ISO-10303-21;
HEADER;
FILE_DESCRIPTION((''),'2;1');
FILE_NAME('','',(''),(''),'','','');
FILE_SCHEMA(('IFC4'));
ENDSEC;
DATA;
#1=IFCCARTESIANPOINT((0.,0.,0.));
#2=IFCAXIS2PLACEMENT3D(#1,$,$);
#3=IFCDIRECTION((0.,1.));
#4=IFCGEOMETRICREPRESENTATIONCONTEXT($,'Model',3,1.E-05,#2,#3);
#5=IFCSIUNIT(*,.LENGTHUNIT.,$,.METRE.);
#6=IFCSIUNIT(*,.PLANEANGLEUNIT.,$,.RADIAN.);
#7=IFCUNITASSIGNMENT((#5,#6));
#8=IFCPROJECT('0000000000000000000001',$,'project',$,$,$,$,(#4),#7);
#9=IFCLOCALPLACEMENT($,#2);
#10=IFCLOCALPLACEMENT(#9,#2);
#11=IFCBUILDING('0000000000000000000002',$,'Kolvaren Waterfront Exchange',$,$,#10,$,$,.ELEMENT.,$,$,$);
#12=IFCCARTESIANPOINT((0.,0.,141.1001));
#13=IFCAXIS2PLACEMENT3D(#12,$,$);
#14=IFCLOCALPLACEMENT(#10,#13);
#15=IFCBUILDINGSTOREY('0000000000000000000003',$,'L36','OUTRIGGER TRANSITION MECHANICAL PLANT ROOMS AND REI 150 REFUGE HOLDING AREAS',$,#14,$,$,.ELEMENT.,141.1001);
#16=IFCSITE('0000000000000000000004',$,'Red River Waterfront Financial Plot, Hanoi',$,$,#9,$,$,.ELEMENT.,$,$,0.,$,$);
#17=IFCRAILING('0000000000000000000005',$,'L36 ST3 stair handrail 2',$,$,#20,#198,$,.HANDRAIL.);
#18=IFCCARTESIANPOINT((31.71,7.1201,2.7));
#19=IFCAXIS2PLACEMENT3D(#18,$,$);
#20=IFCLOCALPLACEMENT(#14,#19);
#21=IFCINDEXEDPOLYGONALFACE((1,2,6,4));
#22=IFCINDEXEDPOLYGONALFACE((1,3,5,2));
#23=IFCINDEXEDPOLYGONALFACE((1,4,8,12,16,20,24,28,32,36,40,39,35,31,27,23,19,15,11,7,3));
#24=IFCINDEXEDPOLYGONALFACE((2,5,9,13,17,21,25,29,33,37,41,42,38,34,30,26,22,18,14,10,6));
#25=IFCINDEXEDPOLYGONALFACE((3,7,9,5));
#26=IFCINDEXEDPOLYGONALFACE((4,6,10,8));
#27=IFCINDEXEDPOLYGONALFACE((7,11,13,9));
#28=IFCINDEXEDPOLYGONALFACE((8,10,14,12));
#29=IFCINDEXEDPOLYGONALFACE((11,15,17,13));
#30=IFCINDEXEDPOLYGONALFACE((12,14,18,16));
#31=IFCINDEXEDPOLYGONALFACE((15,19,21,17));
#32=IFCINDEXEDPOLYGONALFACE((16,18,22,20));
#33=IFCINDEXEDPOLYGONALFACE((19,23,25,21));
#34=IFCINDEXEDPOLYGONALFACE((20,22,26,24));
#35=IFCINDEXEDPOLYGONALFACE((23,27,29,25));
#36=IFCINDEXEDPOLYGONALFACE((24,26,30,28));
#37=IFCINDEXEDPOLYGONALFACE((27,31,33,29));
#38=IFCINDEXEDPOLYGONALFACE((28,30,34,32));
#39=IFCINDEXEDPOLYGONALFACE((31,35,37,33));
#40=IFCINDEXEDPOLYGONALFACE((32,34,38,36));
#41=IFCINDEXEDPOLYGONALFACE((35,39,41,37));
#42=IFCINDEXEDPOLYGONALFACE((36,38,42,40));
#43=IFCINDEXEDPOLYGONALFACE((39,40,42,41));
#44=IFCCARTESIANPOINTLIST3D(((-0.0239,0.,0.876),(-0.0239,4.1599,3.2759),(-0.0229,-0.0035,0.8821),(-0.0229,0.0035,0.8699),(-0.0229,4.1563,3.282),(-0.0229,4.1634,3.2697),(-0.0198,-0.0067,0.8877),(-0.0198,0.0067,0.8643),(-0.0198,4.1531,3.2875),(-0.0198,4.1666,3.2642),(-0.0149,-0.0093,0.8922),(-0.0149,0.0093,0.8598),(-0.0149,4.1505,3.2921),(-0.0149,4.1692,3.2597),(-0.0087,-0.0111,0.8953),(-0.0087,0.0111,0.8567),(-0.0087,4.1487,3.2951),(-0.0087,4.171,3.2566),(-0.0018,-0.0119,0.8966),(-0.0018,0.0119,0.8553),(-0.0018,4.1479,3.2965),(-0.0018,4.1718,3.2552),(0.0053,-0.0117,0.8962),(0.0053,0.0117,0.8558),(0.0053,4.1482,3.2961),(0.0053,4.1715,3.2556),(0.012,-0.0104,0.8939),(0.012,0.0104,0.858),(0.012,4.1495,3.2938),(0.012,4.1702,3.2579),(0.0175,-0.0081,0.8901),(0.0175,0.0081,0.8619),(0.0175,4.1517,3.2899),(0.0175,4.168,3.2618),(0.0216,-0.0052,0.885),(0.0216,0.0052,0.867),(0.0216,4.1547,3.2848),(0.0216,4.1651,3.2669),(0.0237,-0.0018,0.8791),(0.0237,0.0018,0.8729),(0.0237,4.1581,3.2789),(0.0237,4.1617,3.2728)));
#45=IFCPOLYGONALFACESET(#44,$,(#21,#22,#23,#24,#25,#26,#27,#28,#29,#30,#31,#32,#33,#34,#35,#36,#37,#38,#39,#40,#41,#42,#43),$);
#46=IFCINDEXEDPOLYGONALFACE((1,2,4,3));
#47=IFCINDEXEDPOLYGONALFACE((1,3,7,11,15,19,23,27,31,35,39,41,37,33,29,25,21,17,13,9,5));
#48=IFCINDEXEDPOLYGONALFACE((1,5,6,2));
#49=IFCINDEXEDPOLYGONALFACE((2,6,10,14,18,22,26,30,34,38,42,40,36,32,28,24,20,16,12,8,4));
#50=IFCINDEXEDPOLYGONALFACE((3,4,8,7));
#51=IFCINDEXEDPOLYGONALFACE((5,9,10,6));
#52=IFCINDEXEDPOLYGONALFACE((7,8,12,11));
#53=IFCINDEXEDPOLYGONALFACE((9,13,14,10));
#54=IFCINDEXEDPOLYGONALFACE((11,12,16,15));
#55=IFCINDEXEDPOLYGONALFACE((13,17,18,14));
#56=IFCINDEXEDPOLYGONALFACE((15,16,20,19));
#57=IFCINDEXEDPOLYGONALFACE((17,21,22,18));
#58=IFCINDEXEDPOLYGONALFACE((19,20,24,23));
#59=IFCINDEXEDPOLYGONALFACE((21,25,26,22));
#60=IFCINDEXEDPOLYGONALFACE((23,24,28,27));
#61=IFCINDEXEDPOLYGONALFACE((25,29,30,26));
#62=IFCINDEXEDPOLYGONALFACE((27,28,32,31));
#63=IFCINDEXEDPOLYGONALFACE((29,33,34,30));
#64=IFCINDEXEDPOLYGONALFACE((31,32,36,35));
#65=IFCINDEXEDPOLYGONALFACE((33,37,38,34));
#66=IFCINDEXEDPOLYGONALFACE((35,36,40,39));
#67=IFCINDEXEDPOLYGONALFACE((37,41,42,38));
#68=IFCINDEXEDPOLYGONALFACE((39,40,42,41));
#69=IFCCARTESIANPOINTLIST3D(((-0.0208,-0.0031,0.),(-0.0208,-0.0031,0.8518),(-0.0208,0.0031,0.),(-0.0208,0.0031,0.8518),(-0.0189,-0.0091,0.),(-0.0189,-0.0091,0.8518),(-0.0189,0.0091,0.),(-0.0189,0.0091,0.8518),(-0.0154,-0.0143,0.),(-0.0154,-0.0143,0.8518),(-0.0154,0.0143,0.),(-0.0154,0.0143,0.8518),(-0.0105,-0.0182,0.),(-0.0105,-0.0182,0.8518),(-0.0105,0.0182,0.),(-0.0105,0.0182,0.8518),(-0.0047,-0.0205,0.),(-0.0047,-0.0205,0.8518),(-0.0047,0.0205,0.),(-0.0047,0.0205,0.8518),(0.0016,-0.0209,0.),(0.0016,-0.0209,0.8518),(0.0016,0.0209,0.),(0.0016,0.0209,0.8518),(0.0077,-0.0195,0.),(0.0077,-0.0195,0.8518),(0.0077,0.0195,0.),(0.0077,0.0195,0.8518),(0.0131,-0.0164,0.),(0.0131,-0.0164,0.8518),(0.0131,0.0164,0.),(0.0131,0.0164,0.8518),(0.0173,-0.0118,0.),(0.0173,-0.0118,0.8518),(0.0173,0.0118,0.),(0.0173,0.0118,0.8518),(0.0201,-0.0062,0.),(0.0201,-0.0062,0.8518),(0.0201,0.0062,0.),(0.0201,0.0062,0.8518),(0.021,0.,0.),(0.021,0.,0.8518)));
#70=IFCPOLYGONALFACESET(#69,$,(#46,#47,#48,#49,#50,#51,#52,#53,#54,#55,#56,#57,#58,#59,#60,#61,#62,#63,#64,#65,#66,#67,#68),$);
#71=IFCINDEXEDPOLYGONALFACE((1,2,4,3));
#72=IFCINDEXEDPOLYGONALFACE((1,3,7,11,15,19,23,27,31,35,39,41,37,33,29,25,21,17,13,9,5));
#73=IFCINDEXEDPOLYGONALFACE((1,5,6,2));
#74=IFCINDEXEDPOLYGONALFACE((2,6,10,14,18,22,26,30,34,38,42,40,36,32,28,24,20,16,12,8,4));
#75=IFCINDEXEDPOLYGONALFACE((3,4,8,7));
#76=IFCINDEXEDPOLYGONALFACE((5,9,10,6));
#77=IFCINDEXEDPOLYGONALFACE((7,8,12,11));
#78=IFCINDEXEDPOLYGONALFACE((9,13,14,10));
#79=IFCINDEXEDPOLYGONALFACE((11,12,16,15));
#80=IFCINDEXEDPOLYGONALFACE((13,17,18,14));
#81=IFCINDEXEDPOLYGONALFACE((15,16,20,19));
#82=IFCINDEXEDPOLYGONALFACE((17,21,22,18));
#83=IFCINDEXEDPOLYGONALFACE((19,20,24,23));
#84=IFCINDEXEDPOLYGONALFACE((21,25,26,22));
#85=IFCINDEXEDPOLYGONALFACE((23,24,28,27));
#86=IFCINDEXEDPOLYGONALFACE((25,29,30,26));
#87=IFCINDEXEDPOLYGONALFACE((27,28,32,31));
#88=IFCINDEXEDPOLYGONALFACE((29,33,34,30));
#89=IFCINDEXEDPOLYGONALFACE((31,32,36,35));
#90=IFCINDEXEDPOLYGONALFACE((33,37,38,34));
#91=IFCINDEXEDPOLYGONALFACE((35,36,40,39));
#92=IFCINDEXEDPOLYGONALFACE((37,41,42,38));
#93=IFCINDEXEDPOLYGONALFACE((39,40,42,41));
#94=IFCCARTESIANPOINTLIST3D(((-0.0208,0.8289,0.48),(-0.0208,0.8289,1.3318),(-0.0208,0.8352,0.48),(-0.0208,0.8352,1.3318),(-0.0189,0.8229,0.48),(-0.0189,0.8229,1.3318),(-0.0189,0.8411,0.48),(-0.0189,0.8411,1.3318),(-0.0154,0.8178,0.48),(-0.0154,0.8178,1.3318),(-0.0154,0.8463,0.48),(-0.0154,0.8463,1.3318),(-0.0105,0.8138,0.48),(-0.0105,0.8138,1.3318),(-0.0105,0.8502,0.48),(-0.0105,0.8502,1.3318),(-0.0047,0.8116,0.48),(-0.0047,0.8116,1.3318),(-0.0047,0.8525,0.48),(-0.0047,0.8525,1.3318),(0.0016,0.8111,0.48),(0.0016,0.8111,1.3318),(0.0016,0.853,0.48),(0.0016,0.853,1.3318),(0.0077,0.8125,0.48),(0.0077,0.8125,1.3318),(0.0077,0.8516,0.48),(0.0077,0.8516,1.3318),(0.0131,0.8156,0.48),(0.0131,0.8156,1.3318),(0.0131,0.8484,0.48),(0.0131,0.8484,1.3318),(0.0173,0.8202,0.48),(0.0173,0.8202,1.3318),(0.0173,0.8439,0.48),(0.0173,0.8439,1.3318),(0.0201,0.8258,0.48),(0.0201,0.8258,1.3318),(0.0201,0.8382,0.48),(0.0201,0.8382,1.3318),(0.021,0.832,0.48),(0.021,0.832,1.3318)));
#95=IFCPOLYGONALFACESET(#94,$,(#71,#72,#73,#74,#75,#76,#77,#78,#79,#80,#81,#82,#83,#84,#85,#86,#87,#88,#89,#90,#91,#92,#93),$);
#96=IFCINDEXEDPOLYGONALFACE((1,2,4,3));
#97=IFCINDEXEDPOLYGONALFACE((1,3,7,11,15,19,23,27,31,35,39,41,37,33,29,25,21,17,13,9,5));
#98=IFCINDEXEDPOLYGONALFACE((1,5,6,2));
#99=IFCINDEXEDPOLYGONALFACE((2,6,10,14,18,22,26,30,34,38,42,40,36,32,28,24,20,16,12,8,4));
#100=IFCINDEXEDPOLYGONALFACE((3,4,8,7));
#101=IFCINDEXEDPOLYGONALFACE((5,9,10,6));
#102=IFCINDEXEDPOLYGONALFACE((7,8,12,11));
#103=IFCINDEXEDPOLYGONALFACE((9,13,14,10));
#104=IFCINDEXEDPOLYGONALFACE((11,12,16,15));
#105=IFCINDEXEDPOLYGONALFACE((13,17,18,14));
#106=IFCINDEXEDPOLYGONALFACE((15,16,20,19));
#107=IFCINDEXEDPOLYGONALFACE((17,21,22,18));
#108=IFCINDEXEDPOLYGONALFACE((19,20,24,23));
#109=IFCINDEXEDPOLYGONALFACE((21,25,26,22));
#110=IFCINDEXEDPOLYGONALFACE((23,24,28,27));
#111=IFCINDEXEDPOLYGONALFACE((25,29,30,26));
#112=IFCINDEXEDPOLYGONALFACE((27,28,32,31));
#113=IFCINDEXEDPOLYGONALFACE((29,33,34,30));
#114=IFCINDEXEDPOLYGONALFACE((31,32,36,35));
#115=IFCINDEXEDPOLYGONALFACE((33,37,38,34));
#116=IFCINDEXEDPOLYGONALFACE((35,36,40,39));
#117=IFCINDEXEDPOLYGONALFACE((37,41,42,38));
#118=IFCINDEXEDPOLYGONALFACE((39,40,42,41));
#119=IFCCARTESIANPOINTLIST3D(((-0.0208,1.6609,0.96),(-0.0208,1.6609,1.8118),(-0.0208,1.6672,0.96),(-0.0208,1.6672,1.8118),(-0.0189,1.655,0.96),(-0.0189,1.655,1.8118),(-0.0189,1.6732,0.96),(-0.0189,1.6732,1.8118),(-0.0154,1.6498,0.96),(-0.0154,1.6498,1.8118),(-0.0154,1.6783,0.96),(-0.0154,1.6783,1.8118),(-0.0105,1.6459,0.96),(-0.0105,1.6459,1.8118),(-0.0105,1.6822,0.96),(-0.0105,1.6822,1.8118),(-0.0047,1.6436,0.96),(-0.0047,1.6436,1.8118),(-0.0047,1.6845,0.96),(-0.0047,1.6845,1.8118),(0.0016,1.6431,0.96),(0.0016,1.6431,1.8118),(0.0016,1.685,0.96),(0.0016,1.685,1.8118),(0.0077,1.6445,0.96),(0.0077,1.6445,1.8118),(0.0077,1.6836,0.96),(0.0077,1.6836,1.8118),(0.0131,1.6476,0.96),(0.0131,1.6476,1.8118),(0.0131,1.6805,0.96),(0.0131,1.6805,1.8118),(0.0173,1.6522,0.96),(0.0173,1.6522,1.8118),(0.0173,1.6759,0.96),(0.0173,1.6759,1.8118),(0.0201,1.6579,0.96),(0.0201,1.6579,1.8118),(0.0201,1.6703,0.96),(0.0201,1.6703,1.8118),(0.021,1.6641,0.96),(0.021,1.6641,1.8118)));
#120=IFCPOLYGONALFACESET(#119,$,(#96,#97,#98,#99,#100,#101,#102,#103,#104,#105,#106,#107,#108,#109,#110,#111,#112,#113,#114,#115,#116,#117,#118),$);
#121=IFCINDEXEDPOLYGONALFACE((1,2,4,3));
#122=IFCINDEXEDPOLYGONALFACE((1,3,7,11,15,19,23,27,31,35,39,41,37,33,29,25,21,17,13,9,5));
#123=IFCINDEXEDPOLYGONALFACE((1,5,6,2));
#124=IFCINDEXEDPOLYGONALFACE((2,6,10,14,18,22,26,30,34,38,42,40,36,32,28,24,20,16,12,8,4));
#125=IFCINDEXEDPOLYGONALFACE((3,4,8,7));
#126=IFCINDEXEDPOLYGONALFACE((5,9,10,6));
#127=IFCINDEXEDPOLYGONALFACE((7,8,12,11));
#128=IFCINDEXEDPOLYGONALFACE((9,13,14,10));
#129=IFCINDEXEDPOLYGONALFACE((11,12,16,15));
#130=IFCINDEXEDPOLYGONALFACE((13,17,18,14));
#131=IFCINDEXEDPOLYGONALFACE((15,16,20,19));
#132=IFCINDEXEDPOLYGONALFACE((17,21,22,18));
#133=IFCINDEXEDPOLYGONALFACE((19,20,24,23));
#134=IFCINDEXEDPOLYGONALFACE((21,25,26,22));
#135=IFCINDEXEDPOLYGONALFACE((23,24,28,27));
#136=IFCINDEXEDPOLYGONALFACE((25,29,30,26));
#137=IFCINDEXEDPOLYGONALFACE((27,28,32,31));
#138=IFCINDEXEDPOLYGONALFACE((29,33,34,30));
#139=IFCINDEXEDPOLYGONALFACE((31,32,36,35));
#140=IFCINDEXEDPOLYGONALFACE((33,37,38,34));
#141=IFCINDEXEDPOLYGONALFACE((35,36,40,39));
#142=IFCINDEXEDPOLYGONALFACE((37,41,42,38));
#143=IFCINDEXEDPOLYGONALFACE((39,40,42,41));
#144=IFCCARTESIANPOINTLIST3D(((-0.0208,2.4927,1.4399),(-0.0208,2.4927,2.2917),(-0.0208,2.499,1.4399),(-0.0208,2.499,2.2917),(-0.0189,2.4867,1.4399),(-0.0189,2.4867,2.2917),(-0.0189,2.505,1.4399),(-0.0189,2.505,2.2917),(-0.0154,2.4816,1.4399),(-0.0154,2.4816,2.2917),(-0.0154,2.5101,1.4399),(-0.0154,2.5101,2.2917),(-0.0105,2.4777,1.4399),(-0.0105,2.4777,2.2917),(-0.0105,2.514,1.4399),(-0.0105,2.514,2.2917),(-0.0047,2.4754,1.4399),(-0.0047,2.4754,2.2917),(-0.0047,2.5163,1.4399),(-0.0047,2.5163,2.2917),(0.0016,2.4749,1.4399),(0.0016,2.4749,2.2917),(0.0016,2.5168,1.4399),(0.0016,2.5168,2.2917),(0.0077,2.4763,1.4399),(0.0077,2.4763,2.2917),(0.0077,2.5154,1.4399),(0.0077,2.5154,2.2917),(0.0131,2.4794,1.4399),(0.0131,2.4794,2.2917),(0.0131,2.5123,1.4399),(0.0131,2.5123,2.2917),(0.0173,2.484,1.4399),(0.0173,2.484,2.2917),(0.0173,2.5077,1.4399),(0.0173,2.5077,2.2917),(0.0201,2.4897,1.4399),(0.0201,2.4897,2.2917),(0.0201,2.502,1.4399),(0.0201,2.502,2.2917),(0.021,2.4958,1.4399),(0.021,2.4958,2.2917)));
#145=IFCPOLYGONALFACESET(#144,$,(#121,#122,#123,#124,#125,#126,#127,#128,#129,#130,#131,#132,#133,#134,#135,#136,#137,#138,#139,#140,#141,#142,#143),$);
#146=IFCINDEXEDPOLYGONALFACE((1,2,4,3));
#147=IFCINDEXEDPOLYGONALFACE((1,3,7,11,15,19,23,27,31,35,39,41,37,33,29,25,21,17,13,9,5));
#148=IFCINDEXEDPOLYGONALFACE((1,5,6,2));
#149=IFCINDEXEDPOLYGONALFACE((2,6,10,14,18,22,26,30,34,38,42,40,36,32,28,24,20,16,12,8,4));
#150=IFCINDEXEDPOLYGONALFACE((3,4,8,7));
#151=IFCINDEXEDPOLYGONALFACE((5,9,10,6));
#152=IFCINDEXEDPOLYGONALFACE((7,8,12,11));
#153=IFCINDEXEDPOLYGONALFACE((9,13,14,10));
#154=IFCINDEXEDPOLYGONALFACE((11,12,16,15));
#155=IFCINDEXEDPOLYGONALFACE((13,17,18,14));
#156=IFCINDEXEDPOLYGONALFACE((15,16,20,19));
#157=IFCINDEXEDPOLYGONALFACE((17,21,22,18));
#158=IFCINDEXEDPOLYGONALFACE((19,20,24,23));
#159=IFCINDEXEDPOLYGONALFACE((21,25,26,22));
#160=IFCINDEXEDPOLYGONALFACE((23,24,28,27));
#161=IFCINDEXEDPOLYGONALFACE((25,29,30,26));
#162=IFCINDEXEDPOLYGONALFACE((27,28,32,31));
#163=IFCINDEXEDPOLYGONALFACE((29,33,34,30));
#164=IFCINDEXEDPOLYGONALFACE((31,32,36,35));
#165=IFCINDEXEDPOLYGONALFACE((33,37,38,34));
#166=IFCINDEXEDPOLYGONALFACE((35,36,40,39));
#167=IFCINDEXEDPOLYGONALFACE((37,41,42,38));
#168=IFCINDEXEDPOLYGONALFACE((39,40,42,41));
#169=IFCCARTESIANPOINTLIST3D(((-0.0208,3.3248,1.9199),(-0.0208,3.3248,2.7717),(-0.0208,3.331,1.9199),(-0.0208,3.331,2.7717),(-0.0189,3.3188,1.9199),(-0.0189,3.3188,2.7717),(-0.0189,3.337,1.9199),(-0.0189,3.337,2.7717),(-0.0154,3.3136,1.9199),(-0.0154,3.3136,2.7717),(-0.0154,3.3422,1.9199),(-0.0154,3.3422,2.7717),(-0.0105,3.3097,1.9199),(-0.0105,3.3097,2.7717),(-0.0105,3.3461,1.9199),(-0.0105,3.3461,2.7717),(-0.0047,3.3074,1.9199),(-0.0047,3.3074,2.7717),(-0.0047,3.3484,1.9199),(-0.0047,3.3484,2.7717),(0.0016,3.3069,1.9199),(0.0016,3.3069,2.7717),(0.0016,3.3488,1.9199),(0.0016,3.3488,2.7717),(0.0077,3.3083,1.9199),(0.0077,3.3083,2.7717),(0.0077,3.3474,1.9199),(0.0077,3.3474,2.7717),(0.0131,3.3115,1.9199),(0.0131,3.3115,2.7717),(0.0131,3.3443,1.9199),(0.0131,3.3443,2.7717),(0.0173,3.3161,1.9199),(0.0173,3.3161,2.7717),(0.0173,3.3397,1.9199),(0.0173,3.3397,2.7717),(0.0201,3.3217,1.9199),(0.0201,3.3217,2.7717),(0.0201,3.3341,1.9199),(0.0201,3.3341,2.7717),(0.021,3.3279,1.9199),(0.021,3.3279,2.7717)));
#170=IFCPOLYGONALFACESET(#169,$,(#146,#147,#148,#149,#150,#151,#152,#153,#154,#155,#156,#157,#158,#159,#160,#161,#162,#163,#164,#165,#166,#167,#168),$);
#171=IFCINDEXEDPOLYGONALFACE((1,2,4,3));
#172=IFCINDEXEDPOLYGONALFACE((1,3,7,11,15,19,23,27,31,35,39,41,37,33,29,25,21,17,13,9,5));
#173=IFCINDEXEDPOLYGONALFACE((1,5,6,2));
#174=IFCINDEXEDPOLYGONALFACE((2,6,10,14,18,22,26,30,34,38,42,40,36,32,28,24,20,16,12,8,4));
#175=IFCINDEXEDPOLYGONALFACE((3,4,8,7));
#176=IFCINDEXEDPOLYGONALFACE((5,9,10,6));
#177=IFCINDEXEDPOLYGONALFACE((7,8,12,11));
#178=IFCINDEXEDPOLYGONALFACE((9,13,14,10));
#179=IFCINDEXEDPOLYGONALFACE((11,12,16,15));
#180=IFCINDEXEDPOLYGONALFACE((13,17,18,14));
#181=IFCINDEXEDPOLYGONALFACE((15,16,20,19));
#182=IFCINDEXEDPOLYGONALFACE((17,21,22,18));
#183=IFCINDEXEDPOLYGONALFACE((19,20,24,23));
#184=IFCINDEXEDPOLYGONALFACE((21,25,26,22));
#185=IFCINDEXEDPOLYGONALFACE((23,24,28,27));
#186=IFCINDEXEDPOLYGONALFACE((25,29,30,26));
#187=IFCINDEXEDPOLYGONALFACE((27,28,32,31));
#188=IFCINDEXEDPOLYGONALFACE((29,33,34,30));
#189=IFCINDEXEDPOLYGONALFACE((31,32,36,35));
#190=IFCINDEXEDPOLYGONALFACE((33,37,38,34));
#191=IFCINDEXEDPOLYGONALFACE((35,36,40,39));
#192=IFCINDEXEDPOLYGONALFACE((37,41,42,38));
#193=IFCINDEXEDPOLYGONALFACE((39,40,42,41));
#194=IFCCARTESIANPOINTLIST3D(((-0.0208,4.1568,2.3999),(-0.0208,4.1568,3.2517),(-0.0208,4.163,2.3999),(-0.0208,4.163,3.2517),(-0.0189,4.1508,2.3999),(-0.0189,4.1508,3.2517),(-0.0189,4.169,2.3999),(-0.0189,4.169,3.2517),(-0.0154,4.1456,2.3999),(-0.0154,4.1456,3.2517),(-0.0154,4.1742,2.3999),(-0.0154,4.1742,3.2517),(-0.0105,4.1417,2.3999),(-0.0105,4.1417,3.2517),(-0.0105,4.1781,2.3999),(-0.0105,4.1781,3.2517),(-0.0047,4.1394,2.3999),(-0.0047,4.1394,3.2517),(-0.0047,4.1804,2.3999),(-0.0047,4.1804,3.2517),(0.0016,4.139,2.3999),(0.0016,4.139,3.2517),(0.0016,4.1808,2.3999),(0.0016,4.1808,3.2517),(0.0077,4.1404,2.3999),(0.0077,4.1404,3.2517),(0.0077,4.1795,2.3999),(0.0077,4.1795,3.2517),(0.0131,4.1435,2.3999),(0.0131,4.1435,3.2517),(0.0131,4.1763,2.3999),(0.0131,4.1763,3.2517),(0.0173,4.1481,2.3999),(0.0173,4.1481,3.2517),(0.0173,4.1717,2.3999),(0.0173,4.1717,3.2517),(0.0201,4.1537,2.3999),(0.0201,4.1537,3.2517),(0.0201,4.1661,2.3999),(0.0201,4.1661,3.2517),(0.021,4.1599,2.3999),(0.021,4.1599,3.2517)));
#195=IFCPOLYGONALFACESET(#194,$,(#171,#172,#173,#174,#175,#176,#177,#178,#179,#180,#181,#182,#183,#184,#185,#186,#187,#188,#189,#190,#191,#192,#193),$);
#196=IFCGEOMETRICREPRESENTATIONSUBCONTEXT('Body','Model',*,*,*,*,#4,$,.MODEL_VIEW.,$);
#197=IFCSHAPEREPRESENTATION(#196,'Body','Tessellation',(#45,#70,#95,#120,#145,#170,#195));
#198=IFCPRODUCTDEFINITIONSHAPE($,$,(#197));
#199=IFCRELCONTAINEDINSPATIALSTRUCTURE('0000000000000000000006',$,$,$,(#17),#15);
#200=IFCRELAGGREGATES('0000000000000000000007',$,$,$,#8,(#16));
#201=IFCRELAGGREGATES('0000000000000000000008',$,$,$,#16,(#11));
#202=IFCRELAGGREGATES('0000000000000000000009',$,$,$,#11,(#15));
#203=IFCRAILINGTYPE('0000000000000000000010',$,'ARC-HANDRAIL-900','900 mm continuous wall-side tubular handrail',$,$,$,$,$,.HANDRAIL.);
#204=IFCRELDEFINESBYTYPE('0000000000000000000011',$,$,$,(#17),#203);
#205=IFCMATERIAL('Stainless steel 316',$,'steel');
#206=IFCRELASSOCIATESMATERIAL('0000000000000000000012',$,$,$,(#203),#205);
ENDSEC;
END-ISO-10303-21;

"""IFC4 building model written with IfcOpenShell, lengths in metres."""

from ifc_helpers import new_model, si_unit, direction, frame, origin, origin_2d, place, context, subcontext, project, spatial, circle, extrude, material, type_object, element, save


model = new_model("IFC4")

# Units and contexts
model_context = context("Model", 3, precision=1e-05, world=origin(), true_north=direction((0.0, 1.0)))
body_context = subcontext(model_context, "Body", "Model", "MODEL_VIEW")
ifc_project = project(units=[si_unit("LENGTHUNIT", "METRE"), si_unit("PLANEANGLEUNIT", "RADIAN")], contexts=[model_context])

# Site, building, storey
site_placement = place(None, origin())
site = spatial("IfcSite", under=ifc_project, at=site_placement, Name="Red River Waterfront Financial Plot, Hanoi", CompositionType="ELEMENT", RefElevation=0.0)
building_placement = place(site_placement, origin())
building = spatial("IfcBuilding", under=site, at=building_placement, Name="Kolvaren Waterfront Exchange", CompositionType="ELEMENT")
storey_placement = place(building_placement, frame((0.0, 0.0, 141.1001)))
storey = spatial("IfcBuildingStorey", under=building, at=storey_placement, Name="L36", Description="OUTRIGGER TRANSITION MECHANICAL PLANT ROOMS AND REI 150 REFUGE HOLDING AREAS", CompositionType="ELEMENT", Elevation=141.1001)

# Railing
ifc_material_1 = material(Name="Stainless steel 316", Category="steel")
railing_type = type_object("IfcRailingType", Name="ARC-HANDRAIL-900", Description="900 mm continuous wall-side tubular handrail", PredefinedType="HANDRAIL", material=ifc_material_1)
railing_placement = place(storey_placement, frame((31.71, 7.1201, 2.7)))
element("IfcRailing", 1, at=railing_placement, inside=storey, type_object=railing_type, Name="L36 ST3 stair handrail 2", PredefinedType="HANDRAIL", context=body_context, shape_type="SweptSolid", body=[
    extrude(circle(Radius=0.0239, at=origin_2d()), frame((0.0, 0.0, 0.876), z_axis=(0.0, 0.86619, 0.499715), x_axis=(-1.0, 0.0, 0.0)), (0.0, 0.0, 1.0), 4.8025),
    extrude(circle(Radius=0.021, at=origin_2d()), origin(), (0.0, 0.0, 1.0), 0.8518),
    extrude(circle(Radius=0.021, at=origin_2d()), frame((0.0, 0.832, 0.48)), (0.0, 0.0, 1.0), 0.8518),
    extrude(circle(Radius=0.021, at=origin_2d()), frame((0.0, 1.6641, 0.96)), (0.0, 0.0, 1.0), 0.8518),
    extrude(circle(Radius=0.021, at=origin_2d()), frame((0.0, 2.4958, 1.4399)), (0.0, 0.0, 1.0), 0.8518),
    extrude(circle(Radius=0.021, at=origin_2d()), frame((0.0, 3.3279, 1.9199)), (0.0, 0.0, 1.0), 0.8518),
    extrude(circle(Radius=0.021, at=origin_2d()), frame((0.0, 4.1599, 2.3999)), (0.0, 0.0, 1.0), 0.8518),
])

save(model, "model.ifc")
